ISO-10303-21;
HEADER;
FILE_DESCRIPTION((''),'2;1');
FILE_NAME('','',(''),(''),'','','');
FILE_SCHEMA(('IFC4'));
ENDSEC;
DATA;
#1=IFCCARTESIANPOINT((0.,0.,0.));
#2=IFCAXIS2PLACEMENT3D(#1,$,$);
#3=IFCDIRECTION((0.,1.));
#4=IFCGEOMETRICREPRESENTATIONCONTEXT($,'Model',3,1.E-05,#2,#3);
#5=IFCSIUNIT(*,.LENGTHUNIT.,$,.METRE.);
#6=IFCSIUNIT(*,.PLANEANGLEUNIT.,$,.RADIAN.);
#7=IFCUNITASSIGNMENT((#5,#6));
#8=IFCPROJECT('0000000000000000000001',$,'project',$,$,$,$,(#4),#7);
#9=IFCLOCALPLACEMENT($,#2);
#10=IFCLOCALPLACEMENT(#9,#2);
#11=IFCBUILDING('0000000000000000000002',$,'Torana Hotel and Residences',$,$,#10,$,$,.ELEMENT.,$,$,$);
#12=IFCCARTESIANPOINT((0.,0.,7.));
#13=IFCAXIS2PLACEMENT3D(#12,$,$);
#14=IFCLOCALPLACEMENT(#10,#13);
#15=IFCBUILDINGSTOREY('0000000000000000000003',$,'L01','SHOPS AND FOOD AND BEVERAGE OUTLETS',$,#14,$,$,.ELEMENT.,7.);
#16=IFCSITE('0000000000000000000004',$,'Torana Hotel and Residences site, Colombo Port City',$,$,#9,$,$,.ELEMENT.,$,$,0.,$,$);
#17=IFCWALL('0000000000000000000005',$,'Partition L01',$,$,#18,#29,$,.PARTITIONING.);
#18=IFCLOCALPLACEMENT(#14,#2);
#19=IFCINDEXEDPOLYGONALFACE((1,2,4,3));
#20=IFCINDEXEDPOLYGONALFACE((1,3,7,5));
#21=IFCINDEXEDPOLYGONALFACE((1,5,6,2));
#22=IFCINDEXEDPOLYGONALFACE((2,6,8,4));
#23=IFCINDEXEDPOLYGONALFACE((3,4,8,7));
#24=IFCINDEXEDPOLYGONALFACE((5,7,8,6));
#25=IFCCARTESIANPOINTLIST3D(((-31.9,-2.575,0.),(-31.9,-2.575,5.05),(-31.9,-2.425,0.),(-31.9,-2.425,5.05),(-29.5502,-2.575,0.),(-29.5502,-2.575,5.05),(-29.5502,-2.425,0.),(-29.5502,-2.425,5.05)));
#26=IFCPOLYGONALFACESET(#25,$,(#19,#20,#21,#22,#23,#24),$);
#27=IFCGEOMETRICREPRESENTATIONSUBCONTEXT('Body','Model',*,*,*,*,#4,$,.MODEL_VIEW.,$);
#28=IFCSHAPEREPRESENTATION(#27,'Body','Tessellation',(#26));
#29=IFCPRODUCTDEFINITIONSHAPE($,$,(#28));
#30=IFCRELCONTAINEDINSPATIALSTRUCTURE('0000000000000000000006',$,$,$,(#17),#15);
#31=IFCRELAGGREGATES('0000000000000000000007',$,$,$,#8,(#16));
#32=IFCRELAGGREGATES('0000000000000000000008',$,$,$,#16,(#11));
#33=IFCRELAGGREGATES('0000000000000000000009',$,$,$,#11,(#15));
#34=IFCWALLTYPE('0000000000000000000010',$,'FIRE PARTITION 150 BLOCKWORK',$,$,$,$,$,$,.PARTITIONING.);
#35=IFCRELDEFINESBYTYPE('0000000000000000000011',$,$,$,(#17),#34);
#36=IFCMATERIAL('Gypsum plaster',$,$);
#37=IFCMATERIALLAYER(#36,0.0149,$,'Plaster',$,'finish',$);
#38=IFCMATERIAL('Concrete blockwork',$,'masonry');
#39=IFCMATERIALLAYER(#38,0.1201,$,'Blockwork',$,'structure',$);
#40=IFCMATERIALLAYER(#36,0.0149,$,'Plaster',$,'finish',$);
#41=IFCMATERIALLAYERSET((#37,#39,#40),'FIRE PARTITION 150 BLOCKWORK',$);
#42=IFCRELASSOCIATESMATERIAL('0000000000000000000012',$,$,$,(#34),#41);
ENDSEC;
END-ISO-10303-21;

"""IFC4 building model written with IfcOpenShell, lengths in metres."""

from ifc_helpers import new_model, si_unit, direction, frame, frame_2d, origin, place, context, subcontext, project, spatial, rectangle, extrude, material, layer, layer_set, type_object, element, save


model = new_model("IFC4")

# Units and contexts
model_context = context("Model", 3, precision=1e-05, world=origin(), true_north=direction((0.0, 1.0)))
body_context = subcontext(model_context, "Body", "Model", "MODEL_VIEW")
ifc_project = project(units=[si_unit("LENGTHUNIT", "METRE"), si_unit("PLANEANGLEUNIT", "RADIAN")], contexts=[model_context])

# Site, building, storey
site_placement = place(None, origin())
site = spatial("IfcSite", under=ifc_project, at=site_placement, Name="Torana Hotel and Residences site, Colombo Port City", CompositionType="ELEMENT", RefElevation=0.0)
building_placement = place(site_placement, origin())
building = spatial("IfcBuilding", under=site, at=building_placement, Name="Torana Hotel and Residences", CompositionType="ELEMENT")
storey_placement = place(building_placement, frame((0.0, 0.0, 7.0)))
storey = spatial("IfcBuildingStorey", under=building, at=storey_placement, Name="L01", Description="SHOPS AND FOOD AND BEVERAGE OUTLETS", CompositionType="ELEMENT", Elevation=7.0)

# Wall
ifc_material_1 = material(Name="Gypsum plaster")
ifc_layer_1 = layer(ifc_material_1, 0.0149, Name="Plaster", Category="finish")
ifc_material_2 = material(Name="Concrete blockwork", Category="masonry")
ifc_layer_2 = layer(ifc_material_2, 0.1201, Name="Blockwork", Category="structure")
ifc_layer_3 = layer(ifc_material_1, 0.0149, Name="Plaster", Category="finish")
ifc_layer_set_1 = layer_set([ifc_layer_1, ifc_layer_2, ifc_layer_3], Name="FIRE PARTITION 150 BLOCKWORK")
wall_type_1 = type_object("IfcWallType", Name="FIRE PARTITION 150 BLOCKWORK", PredefinedType="PARTITIONING", material=ifc_layer_set_1)
wall_1_placement = place(storey_placement, frame((-31.8999, -2.5, 0.0), z_axis=(0.0, 0.0, 1.0), x_axis=(1.0, 0.0, 0.0)))
element("IfcWall", 1, at=wall_1_placement, inside=storey, type_object=wall_type_1, Name="Partition L01", PredefinedType="PARTITIONING", context=body_context, shape_type="SweptSolid", body=[
    extrude(rectangle(XDim=2.3499, YDim=0.1499, at=frame_2d((1.1748, 0.0))), origin(), (0.0, 0.0, 1.0), 5.05),
])

save(model, "model.ifc")
